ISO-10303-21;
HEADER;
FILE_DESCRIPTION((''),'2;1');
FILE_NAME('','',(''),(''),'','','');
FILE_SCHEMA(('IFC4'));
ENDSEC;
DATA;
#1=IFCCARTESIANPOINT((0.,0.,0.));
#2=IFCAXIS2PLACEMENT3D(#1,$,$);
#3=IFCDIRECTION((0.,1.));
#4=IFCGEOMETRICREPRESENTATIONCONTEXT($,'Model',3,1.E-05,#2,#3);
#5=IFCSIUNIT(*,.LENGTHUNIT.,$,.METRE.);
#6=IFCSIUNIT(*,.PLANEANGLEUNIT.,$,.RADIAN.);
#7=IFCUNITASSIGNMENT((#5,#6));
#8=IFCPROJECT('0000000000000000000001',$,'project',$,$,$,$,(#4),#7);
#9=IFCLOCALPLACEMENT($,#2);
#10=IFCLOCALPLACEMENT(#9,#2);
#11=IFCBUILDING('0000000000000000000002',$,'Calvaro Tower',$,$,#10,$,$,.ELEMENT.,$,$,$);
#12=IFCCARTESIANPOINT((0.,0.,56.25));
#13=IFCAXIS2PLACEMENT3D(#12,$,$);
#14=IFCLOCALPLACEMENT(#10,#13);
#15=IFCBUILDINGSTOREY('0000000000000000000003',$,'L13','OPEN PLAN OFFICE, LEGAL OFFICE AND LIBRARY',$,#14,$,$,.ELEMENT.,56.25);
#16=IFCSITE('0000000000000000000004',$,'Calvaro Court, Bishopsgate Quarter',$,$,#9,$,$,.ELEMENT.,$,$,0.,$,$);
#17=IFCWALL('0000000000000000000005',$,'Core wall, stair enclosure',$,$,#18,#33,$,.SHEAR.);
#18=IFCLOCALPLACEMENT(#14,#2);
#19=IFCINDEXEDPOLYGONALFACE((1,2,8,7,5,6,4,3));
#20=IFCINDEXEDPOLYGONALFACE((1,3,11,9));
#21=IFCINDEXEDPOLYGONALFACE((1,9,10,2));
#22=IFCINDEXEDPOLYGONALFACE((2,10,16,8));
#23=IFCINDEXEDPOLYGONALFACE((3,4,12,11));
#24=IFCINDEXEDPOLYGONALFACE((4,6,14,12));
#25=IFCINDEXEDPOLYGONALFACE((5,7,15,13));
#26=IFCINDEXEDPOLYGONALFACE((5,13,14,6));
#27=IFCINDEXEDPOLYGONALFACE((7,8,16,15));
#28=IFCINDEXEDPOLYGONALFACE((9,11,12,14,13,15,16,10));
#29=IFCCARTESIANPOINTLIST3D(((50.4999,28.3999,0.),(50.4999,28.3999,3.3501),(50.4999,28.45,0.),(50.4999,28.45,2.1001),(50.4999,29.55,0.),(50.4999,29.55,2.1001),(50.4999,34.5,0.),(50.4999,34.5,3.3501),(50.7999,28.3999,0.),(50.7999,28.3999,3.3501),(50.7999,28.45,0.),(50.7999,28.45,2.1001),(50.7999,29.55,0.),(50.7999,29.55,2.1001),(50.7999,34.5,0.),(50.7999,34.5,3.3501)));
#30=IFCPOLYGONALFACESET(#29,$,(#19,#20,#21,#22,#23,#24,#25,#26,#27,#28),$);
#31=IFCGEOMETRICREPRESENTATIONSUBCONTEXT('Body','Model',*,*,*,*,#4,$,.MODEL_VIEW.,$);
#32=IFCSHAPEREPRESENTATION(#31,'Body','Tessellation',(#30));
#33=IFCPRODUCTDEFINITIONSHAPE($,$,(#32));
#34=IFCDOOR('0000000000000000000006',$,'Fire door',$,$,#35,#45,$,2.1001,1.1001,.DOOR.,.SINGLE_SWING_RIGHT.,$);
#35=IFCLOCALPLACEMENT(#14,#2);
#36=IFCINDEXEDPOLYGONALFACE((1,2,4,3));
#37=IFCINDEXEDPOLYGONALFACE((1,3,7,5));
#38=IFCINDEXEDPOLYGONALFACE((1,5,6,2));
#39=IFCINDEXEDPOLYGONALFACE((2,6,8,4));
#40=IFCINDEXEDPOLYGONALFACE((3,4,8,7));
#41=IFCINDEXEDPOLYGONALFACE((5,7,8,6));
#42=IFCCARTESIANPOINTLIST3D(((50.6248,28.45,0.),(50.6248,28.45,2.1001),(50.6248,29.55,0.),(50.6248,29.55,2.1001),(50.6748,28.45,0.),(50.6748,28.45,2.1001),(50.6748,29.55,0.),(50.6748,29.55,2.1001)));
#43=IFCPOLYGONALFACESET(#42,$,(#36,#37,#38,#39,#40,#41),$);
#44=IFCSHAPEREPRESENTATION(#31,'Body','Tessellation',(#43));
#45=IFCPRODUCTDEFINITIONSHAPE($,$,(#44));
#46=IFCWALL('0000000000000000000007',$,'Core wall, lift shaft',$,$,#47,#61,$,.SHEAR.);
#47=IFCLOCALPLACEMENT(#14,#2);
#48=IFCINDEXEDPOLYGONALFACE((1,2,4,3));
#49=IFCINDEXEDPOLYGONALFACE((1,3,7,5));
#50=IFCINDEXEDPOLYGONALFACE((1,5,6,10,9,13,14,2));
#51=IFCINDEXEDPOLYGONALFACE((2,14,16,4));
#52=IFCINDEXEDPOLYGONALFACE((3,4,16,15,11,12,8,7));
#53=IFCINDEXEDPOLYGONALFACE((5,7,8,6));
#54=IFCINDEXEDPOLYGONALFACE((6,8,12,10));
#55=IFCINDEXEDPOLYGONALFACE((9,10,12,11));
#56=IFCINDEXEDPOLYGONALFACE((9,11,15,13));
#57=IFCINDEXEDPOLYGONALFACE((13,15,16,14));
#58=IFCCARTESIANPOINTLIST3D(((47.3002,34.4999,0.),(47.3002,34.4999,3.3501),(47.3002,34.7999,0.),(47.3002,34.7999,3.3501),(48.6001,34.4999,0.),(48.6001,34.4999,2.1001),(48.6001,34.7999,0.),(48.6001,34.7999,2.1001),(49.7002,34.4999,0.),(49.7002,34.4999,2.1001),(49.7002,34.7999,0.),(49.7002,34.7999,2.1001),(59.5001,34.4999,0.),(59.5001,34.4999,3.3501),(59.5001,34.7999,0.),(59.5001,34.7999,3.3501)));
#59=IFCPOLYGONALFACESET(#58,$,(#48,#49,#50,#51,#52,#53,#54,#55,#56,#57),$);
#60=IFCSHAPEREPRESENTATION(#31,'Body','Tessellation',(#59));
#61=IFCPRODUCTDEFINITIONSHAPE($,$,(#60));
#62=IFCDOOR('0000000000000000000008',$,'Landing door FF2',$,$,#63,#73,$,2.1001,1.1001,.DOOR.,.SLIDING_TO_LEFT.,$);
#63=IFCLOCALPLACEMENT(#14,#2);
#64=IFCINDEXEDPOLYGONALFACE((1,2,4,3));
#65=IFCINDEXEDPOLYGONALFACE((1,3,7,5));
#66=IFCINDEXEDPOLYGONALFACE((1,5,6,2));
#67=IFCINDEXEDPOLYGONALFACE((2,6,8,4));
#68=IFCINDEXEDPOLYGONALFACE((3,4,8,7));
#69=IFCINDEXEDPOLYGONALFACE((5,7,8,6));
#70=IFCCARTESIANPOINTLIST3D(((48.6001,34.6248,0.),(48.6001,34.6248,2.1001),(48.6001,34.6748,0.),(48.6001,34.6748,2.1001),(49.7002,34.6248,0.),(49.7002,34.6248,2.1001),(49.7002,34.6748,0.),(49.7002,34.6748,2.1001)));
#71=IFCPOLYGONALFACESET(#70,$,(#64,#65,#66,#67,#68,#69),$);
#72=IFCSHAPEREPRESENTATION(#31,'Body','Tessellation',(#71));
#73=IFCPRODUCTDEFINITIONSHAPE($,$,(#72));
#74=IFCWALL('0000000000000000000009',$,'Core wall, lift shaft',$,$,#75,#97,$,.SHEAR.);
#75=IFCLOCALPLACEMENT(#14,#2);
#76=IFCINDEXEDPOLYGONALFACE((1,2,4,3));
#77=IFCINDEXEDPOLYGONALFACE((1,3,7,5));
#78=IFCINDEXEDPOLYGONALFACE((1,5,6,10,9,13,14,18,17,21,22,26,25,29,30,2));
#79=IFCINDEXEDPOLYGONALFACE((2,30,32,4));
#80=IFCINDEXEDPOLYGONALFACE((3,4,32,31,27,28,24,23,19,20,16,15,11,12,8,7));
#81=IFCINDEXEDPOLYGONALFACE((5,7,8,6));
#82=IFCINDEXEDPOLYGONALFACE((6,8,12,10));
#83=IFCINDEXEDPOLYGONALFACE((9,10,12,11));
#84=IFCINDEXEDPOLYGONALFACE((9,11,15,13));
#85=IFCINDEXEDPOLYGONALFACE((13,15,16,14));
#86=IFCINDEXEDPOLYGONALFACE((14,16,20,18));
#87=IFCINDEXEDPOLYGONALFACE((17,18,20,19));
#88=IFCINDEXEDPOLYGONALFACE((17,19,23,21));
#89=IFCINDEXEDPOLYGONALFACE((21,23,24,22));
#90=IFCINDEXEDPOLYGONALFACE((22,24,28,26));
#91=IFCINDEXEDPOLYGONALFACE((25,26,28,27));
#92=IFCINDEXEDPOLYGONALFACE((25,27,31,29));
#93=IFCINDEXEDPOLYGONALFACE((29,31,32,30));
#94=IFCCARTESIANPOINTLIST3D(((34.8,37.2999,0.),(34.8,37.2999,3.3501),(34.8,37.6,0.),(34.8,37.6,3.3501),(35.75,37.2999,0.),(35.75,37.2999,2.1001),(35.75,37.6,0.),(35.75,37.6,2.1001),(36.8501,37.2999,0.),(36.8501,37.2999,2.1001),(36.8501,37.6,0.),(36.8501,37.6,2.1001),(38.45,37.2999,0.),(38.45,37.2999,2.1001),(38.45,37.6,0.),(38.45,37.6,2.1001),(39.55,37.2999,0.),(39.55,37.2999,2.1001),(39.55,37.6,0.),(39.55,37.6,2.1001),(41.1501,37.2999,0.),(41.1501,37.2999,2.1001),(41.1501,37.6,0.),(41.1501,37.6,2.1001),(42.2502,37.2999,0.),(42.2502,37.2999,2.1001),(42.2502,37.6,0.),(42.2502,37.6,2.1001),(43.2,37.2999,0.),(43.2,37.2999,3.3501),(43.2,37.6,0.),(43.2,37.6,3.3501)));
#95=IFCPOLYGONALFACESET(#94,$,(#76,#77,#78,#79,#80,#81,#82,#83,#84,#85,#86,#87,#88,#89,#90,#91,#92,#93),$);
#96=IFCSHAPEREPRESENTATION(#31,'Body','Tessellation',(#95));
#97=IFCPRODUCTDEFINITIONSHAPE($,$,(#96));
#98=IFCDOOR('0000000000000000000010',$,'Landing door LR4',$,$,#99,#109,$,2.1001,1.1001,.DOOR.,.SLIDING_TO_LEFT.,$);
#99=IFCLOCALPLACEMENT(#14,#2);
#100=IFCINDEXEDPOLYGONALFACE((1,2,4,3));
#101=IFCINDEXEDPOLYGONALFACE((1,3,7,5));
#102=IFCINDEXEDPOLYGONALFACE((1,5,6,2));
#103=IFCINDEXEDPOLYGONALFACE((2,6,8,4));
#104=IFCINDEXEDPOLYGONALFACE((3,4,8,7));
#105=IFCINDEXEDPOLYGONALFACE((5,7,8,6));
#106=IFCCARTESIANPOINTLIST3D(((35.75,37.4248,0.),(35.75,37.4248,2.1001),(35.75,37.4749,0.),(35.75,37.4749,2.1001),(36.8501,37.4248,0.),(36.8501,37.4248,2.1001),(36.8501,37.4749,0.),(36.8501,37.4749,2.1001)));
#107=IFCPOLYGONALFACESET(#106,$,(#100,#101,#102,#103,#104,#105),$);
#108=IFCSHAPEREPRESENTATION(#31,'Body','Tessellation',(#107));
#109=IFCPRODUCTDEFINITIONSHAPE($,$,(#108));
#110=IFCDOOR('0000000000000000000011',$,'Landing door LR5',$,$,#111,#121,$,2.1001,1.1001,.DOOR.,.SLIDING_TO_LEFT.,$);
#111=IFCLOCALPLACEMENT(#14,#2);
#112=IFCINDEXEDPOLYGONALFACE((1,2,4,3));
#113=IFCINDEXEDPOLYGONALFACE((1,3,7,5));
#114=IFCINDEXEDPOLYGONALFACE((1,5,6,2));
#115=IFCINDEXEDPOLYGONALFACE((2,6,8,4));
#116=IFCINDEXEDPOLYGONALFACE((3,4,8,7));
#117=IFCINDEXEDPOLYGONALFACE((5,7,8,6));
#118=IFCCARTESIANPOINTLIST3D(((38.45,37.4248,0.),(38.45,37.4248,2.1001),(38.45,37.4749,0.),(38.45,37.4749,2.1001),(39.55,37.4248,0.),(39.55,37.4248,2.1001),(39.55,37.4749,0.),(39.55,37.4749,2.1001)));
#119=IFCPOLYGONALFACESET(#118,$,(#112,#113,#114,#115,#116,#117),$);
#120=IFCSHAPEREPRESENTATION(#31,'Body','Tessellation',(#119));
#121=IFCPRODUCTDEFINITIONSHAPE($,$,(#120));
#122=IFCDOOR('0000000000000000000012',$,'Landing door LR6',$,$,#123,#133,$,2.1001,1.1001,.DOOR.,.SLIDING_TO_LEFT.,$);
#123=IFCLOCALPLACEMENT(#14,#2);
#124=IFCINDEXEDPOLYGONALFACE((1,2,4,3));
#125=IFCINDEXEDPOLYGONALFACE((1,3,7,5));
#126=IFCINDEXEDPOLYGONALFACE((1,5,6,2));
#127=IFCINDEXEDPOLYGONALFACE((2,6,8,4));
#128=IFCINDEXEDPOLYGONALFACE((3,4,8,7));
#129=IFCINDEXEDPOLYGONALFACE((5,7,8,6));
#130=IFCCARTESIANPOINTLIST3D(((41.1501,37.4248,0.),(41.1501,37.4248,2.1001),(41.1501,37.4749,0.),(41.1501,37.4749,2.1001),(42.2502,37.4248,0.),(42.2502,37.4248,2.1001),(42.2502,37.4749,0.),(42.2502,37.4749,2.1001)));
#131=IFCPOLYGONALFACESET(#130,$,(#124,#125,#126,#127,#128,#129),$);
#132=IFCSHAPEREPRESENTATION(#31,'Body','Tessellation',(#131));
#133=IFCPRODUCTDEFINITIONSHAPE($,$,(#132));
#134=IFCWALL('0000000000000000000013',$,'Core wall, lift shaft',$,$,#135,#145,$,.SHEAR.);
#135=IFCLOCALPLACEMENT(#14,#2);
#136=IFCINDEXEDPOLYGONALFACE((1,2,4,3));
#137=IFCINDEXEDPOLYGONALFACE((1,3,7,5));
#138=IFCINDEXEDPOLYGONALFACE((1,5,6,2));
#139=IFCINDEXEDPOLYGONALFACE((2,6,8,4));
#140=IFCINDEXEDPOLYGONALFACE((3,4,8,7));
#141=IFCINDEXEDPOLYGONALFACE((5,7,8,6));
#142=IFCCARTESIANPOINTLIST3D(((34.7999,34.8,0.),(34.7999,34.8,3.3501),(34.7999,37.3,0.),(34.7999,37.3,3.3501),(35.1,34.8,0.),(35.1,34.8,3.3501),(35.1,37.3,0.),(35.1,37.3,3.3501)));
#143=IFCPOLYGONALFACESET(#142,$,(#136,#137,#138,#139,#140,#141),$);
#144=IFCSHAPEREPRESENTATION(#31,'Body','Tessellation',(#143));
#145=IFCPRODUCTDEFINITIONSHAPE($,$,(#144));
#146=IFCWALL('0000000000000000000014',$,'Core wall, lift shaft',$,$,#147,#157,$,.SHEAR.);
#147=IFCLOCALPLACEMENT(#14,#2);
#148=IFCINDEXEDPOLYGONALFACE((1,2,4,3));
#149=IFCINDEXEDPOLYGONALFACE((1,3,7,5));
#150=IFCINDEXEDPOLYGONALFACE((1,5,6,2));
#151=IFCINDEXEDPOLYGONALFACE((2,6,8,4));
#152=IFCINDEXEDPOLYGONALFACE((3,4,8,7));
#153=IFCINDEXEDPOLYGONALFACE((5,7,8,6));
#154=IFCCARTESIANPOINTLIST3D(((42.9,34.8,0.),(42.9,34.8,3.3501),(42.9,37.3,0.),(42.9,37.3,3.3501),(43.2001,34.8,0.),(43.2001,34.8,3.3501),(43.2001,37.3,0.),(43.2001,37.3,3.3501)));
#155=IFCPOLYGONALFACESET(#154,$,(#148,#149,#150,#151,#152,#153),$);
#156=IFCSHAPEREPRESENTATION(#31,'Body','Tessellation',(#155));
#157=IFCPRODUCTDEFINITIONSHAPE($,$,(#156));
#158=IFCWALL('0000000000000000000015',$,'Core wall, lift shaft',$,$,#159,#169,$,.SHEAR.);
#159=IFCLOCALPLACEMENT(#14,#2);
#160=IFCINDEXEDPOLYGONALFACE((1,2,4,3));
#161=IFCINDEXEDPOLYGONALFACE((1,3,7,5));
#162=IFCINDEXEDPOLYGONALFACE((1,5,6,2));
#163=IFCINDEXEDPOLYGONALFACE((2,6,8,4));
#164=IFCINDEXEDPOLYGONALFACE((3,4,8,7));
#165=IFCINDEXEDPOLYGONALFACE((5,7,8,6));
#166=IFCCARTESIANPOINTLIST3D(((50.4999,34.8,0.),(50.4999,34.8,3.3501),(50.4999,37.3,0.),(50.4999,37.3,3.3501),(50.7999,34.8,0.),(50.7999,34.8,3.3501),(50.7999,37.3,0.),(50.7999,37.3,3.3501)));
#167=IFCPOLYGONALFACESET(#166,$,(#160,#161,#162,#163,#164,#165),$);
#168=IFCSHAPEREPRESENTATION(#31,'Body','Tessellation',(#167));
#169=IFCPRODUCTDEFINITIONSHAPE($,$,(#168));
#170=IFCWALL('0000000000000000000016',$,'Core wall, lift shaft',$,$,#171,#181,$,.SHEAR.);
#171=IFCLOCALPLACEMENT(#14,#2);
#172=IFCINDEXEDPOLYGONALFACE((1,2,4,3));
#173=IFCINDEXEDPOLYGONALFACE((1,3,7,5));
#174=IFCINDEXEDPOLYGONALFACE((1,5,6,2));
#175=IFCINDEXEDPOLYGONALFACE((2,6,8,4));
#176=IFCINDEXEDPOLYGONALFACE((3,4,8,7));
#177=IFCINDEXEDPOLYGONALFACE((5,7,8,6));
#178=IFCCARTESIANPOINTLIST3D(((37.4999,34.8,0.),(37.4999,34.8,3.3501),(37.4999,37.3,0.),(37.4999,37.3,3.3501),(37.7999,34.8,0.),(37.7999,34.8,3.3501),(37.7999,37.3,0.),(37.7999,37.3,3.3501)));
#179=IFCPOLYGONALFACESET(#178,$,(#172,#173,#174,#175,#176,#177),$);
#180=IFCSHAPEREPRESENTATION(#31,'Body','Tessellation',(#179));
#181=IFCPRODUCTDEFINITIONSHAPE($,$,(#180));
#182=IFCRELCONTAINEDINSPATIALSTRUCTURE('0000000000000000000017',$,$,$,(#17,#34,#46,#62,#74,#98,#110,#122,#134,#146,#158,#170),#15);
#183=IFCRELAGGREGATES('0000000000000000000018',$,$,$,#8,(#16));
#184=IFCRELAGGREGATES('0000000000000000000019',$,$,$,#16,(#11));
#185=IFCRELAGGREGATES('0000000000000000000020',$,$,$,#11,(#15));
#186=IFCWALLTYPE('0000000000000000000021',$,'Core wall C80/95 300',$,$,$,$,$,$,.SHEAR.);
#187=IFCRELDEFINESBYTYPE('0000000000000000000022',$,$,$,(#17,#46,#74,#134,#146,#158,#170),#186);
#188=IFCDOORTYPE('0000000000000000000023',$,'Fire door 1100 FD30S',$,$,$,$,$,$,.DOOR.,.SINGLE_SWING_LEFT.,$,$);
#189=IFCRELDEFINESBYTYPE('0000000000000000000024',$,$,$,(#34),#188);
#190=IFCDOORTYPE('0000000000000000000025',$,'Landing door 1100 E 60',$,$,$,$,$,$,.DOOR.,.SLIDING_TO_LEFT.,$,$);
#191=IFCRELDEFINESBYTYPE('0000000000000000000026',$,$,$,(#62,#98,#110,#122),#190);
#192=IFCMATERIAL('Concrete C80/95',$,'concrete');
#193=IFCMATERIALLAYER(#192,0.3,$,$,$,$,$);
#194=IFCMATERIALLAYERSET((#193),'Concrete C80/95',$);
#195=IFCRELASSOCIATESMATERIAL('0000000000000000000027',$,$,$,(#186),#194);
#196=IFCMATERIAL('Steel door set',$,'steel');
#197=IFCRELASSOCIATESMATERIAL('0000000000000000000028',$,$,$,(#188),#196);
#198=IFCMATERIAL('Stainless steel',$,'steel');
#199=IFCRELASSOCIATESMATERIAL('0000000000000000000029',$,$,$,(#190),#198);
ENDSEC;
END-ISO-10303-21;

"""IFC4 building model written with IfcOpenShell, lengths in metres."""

from ifc_helpers import new_model, si_unit, direction, frame, frame_2d, origin, place, context, subcontext, project, spatial, rectangle, extrude, material, layer, layer_set, type_object, element, fill, save


model = new_model("IFC4")

# Units and contexts
model_context = context("Model", 3, precision=1e-05, world=origin(), true_north=direction((0.0, 1.0)))
body_context = subcontext(model_context, "Body", "Model", "MODEL_VIEW")
ifc_project = project(units=[si_unit("LENGTHUNIT", "METRE"), si_unit("PLANEANGLEUNIT", "RADIAN")], contexts=[model_context])

# Site, building, storey
site_placement = place(None, origin())
site = spatial("IfcSite", under=ifc_project, at=site_placement, Name="Calvaro Court, Bishopsgate Quarter", CompositionType="ELEMENT", RefElevation=0.0)
building_placement = place(site_placement, origin())
building = spatial("IfcBuilding", under=site, at=building_placement, Name="Calvaro Tower", CompositionType="ELEMENT")
storey_placement = place(building_placement, frame((0.0, 0.0, 56.25)))
storey = spatial("IfcBuildingStorey", under=building, at=storey_placement, Name="L13", Description="OPEN PLAN OFFICE, LEGAL OFFICE AND LIBRARY", CompositionType="ELEMENT", Elevation=56.25)

# Walls, openings, doors
ifc_material_1 = material(Name="Concrete C80/95", Category="concrete")
ifc_layer_1 = layer(ifc_material_1, 0.3)
ifc_layer_set_1 = layer_set([ifc_layer_1], Name="Concrete C80/95")
wall_type_1 = type_object("IfcWallType", Name="Core wall C80/95 300", PredefinedType="SHEAR", material=ifc_layer_set_1)
wall_1_placement = place(storey_placement, frame((50.6499, 34.5, 0.0), z_axis=(0.0, 0.0, 1.0), x_axis=(0.0, -1.0, 0.0)))
wall_1 = element("IfcWall", 1, at=wall_1_placement, inside=storey, type_object=wall_type_1, Name="Core wall, stair enclosure", PredefinedType="SHEAR", context=body_context, shape_type="SweptSolid", body=[
    extrude(rectangle(XDim=6.1001, YDim=0.3, at=frame_2d((3.05, 0.0))), origin(), (0.0, 0.0, 1.0), 3.3501),
])
opening_1_placement = place(wall_1_placement, frame((4.95, 0.0, 0.0)))
opening_1 = element("IfcOpeningElement", 2, at=opening_1_placement, cuts=wall_1, PredefinedType="OPENING", context=body_context, shape_type="SweptSolid", body=[
    extrude(rectangle(XDim=1.1001, YDim=2.1001, at=frame_2d((0.55, 1.05))), frame((0.0, 0.1599, 0.0), z_axis=(0.0, -1.0, 0.0), x_axis=(1.0, 0.0, 0.0)), (0.0, 0.0, 1.0), 0.3201),
])
ifc_material_2 = material(Name="Steel door set", Category="steel")
door_type_1 = type_object("IfcDoorType", Name="Fire door 1100 FD30S", OperationType="SINGLE_SWING_LEFT", PredefinedType="DOOR", material=ifc_material_2)
door_1_placement = place(opening_1_placement, origin())
door_1 = element("IfcDoor", 3, at=door_1_placement, inside=storey, type_object=door_type_1, Name="Fire door", OperationType="SINGLE_SWING_RIGHT", OverallHeight=2.1001, OverallWidth=1.1001, PredefinedType="DOOR", context=body_context, shape_type="SweptSolid", body=[
    extrude(rectangle(XDim=1.1001, YDim=2.1001, at=frame_2d((0.55, 1.05))), frame((0.0, 0.0249, 0.0), z_axis=(0.0, -1.0, 0.0), x_axis=(1.0, 0.0, 0.0)), (0.0, 0.0, 1.0), 0.05),
])
fill(opening_1, door_1)
wall_2_placement = place(storey_placement, frame((47.3, 34.6499, 0.0), z_axis=(0.0, 0.0, 1.0), x_axis=(1.0, 0.0, 0.0)))
wall_2 = element("IfcWall", 4, at=wall_2_placement, inside=storey, type_object=wall_type_1, Name="Core wall, lift shaft", PredefinedType="SHEAR", context=body_context, shape_type="SweptSolid", body=[
    extrude(rectangle(XDim=12.2, YDim=0.3, at=frame_2d((6.1001, 0.0))), origin(), (0.0, 0.0, 1.0), 3.3501),
])
opening_2_placement = place(wall_2_placement, frame((1.3, 0.0, 0.0)))
opening_2 = element("IfcOpeningElement", 5, at=opening_2_placement, cuts=wall_2, PredefinedType="OPENING", context=body_context, shape_type="SweptSolid", body=[
    extrude(rectangle(XDim=1.1001, YDim=2.1001, at=frame_2d((0.55, 1.05))), frame((0.0, 0.1599, 0.0), z_axis=(0.0, -1.0, 0.0), x_axis=(1.0, 0.0, 0.0)), (0.0, 0.0, 1.0), 0.3201),
])
ifc_material_3 = material(Name="Stainless steel", Category="steel")
door_type_2 = type_object("IfcDoorType", Name="Landing door 1100 E 60", OperationType="SLIDING_TO_LEFT", PredefinedType="DOOR", material=ifc_material_3)
door_2_placement = place(opening_2_placement, origin())
door_2 = element("IfcDoor", 6, at=door_2_placement, inside=storey, type_object=door_type_2, Name="Landing door FF2", OperationType="SLIDING_TO_LEFT", OverallHeight=2.1001, OverallWidth=1.1001, PredefinedType="DOOR", context=body_context, shape_type="SweptSolid", body=[
    extrude(rectangle(XDim=1.1001, YDim=2.1001, at=frame_2d((0.55, 1.05))), frame((0.0, 0.0249, 0.0), z_axis=(0.0, -1.0, 0.0), x_axis=(1.0, 0.0, 0.0)), (0.0, 0.0, 1.0), 0.05),
])
fill(opening_2, door_2)

# Wall, openings, doors
wall_3_placement = place(storey_placement, frame((34.8, 37.45, 0.0), z_axis=(0.0, 0.0, 1.0), x_axis=(1.0, 0.0, 0.0)))
wall_3 = element("IfcWall", 7, at=wall_3_placement, inside=storey, type_object=wall_type_1, Name="Core wall, lift shaft", PredefinedType="SHEAR", context=body_context, shape_type="SweptSolid", body=[
    extrude(rectangle(XDim=8.3999, YDim=0.3, at=frame_2d((4.2, 0.0))), origin(), (0.0, 0.0, 1.0), 3.3501),
])
opening_3_placement = place(wall_3_placement, frame((0.95, 0.0, 0.0)))
opening_3 = element("IfcOpeningElement", 8, at=opening_3_placement, cuts=wall_3, PredefinedType="OPENING", context=body_context, shape_type="SweptSolid", body=[
    extrude(rectangle(XDim=1.1001, YDim=2.1001, at=frame_2d((0.55, 1.05))), frame((0.0, 0.1599, 0.0), z_axis=(0.0, -1.0, 0.0), x_axis=(1.0, 0.0, 0.0)), (0.0, 0.0, 1.0), 0.3201),
])
opening_4_placement = place(wall_3_placement, frame((3.6499, 0.0, 0.0)))
opening_4 = element("IfcOpeningElement", 9, at=opening_4_placement, cuts=wall_3, PredefinedType="OPENING", context=body_context, shape_type="SweptSolid", body=[
    extrude(rectangle(XDim=1.1001, YDim=2.1001, at=frame_2d((0.55, 1.05))), frame((0.0, 0.1599, 0.0), z_axis=(0.0, -1.0, 0.0), x_axis=(1.0, 0.0, 0.0)), (0.0, 0.0, 1.0), 0.3201),
])
opening_5_placement = place(wall_3_placement, frame((6.3501, 0.0, 0.0)))
opening_5 = element("IfcOpeningElement", 10, at=opening_5_placement, cuts=wall_3, PredefinedType="OPENING", context=body_context, shape_type="SweptSolid", body=[
    extrude(rectangle(XDim=1.1001, YDim=2.1001, at=frame_2d((0.55, 1.05))), frame((0.0, 0.1599, 0.0), z_axis=(0.0, -1.0, 0.0), x_axis=(1.0, 0.0, 0.0)), (0.0, 0.0, 1.0), 0.3201),
])
door_3_placement = place(opening_3_placement, origin())
door_3 = element("IfcDoor", 11, at=door_3_placement, inside=storey, type_object=door_type_2, Name="Landing door LR4", OperationType="SLIDING_TO_LEFT", OverallHeight=2.1001, OverallWidth=1.1001, PredefinedType="DOOR", context=body_context, shape_type="SweptSolid", body=[
    extrude(rectangle(XDim=1.1001, YDim=2.1001, at=frame_2d((0.55, 1.05))), frame((0.0, 0.0249, 0.0), z_axis=(0.0, -1.0, 0.0), x_axis=(1.0, 0.0, 0.0)), (0.0, 0.0, 1.0), 0.05),
])
fill(opening_3, door_3)
door_4_placement = place(opening_4_placement, origin())
door_4 = element("IfcDoor", 12, at=door_4_placement, inside=storey, type_object=door_type_2, Name="Landing door LR5", OperationType="SLIDING_TO_LEFT", OverallHeight=2.1001, OverallWidth=1.1001, PredefinedType="DOOR", context=body_context, shape_type="SweptSolid", body=[
    extrude(rectangle(XDim=1.1001, YDim=2.1001, at=frame_2d((0.55, 1.05))), frame((0.0, 0.0249, 0.0), z_axis=(0.0, -1.0, 0.0), x_axis=(1.0, 0.0, 0.0)), (0.0, 0.0, 1.0), 0.05),
])
fill(opening_4, door_4)
door_5_placement = place(opening_5_placement, origin())
door_5 = element("IfcDoor", 13, at=door_5_placement, inside=storey, type_object=door_type_2, Name="Landing door LR6", OperationType="SLIDING_TO_LEFT", OverallHeight=2.1001, OverallWidth=1.1001, PredefinedType="DOOR", context=body_context, shape_type="SweptSolid", body=[
    extrude(rectangle(XDim=1.1001, YDim=2.1001, at=frame_2d((0.55, 1.05))), frame((0.0, 0.0249, 0.0), z_axis=(0.0, -1.0, 0.0), x_axis=(1.0, 0.0, 0.0)), (0.0, 0.0, 1.0), 0.05),
])
fill(opening_5, door_5)

# Walls
for number, where, z_axis, x_axis, name in (
    (14, (34.95, 34.8, 0.0), (0.0, 0.0, 1.0), (0.0, 1.0, 0.0), "Core wall, lift shaft"),
    (15, (43.05, 34.8, 0.0), (0.0, 0.0, 1.0), (0.0, 1.0, 0.0), "Core wall, lift shaft"),
    (16, (50.6499, 34.8, 0.0), (0.0, 0.0, 1.0), (0.0, 1.0, 0.0), "Core wall, lift shaft"),
    (17, (37.6499, 34.8, 0.0), (0.0, 0.0, 1.0), (0.0, 1.0, 0.0), "Core wall, lift shaft"),
):
    element("IfcWall", number, at=place(storey_placement, frame(where, z_axis=z_axis, x_axis=x_axis)), inside=storey, type_object=wall_type_1, Name=name, PredefinedType="SHEAR", context=body_context, shape_type="SweptSolid", body=[
        extrude(rectangle(XDim=2.5, YDim=0.3, at=frame_2d((1.25, 0.0))), origin(), (0.0, 0.0, 1.0), 3.3501),
    ])

save(model, "model.ifc")
